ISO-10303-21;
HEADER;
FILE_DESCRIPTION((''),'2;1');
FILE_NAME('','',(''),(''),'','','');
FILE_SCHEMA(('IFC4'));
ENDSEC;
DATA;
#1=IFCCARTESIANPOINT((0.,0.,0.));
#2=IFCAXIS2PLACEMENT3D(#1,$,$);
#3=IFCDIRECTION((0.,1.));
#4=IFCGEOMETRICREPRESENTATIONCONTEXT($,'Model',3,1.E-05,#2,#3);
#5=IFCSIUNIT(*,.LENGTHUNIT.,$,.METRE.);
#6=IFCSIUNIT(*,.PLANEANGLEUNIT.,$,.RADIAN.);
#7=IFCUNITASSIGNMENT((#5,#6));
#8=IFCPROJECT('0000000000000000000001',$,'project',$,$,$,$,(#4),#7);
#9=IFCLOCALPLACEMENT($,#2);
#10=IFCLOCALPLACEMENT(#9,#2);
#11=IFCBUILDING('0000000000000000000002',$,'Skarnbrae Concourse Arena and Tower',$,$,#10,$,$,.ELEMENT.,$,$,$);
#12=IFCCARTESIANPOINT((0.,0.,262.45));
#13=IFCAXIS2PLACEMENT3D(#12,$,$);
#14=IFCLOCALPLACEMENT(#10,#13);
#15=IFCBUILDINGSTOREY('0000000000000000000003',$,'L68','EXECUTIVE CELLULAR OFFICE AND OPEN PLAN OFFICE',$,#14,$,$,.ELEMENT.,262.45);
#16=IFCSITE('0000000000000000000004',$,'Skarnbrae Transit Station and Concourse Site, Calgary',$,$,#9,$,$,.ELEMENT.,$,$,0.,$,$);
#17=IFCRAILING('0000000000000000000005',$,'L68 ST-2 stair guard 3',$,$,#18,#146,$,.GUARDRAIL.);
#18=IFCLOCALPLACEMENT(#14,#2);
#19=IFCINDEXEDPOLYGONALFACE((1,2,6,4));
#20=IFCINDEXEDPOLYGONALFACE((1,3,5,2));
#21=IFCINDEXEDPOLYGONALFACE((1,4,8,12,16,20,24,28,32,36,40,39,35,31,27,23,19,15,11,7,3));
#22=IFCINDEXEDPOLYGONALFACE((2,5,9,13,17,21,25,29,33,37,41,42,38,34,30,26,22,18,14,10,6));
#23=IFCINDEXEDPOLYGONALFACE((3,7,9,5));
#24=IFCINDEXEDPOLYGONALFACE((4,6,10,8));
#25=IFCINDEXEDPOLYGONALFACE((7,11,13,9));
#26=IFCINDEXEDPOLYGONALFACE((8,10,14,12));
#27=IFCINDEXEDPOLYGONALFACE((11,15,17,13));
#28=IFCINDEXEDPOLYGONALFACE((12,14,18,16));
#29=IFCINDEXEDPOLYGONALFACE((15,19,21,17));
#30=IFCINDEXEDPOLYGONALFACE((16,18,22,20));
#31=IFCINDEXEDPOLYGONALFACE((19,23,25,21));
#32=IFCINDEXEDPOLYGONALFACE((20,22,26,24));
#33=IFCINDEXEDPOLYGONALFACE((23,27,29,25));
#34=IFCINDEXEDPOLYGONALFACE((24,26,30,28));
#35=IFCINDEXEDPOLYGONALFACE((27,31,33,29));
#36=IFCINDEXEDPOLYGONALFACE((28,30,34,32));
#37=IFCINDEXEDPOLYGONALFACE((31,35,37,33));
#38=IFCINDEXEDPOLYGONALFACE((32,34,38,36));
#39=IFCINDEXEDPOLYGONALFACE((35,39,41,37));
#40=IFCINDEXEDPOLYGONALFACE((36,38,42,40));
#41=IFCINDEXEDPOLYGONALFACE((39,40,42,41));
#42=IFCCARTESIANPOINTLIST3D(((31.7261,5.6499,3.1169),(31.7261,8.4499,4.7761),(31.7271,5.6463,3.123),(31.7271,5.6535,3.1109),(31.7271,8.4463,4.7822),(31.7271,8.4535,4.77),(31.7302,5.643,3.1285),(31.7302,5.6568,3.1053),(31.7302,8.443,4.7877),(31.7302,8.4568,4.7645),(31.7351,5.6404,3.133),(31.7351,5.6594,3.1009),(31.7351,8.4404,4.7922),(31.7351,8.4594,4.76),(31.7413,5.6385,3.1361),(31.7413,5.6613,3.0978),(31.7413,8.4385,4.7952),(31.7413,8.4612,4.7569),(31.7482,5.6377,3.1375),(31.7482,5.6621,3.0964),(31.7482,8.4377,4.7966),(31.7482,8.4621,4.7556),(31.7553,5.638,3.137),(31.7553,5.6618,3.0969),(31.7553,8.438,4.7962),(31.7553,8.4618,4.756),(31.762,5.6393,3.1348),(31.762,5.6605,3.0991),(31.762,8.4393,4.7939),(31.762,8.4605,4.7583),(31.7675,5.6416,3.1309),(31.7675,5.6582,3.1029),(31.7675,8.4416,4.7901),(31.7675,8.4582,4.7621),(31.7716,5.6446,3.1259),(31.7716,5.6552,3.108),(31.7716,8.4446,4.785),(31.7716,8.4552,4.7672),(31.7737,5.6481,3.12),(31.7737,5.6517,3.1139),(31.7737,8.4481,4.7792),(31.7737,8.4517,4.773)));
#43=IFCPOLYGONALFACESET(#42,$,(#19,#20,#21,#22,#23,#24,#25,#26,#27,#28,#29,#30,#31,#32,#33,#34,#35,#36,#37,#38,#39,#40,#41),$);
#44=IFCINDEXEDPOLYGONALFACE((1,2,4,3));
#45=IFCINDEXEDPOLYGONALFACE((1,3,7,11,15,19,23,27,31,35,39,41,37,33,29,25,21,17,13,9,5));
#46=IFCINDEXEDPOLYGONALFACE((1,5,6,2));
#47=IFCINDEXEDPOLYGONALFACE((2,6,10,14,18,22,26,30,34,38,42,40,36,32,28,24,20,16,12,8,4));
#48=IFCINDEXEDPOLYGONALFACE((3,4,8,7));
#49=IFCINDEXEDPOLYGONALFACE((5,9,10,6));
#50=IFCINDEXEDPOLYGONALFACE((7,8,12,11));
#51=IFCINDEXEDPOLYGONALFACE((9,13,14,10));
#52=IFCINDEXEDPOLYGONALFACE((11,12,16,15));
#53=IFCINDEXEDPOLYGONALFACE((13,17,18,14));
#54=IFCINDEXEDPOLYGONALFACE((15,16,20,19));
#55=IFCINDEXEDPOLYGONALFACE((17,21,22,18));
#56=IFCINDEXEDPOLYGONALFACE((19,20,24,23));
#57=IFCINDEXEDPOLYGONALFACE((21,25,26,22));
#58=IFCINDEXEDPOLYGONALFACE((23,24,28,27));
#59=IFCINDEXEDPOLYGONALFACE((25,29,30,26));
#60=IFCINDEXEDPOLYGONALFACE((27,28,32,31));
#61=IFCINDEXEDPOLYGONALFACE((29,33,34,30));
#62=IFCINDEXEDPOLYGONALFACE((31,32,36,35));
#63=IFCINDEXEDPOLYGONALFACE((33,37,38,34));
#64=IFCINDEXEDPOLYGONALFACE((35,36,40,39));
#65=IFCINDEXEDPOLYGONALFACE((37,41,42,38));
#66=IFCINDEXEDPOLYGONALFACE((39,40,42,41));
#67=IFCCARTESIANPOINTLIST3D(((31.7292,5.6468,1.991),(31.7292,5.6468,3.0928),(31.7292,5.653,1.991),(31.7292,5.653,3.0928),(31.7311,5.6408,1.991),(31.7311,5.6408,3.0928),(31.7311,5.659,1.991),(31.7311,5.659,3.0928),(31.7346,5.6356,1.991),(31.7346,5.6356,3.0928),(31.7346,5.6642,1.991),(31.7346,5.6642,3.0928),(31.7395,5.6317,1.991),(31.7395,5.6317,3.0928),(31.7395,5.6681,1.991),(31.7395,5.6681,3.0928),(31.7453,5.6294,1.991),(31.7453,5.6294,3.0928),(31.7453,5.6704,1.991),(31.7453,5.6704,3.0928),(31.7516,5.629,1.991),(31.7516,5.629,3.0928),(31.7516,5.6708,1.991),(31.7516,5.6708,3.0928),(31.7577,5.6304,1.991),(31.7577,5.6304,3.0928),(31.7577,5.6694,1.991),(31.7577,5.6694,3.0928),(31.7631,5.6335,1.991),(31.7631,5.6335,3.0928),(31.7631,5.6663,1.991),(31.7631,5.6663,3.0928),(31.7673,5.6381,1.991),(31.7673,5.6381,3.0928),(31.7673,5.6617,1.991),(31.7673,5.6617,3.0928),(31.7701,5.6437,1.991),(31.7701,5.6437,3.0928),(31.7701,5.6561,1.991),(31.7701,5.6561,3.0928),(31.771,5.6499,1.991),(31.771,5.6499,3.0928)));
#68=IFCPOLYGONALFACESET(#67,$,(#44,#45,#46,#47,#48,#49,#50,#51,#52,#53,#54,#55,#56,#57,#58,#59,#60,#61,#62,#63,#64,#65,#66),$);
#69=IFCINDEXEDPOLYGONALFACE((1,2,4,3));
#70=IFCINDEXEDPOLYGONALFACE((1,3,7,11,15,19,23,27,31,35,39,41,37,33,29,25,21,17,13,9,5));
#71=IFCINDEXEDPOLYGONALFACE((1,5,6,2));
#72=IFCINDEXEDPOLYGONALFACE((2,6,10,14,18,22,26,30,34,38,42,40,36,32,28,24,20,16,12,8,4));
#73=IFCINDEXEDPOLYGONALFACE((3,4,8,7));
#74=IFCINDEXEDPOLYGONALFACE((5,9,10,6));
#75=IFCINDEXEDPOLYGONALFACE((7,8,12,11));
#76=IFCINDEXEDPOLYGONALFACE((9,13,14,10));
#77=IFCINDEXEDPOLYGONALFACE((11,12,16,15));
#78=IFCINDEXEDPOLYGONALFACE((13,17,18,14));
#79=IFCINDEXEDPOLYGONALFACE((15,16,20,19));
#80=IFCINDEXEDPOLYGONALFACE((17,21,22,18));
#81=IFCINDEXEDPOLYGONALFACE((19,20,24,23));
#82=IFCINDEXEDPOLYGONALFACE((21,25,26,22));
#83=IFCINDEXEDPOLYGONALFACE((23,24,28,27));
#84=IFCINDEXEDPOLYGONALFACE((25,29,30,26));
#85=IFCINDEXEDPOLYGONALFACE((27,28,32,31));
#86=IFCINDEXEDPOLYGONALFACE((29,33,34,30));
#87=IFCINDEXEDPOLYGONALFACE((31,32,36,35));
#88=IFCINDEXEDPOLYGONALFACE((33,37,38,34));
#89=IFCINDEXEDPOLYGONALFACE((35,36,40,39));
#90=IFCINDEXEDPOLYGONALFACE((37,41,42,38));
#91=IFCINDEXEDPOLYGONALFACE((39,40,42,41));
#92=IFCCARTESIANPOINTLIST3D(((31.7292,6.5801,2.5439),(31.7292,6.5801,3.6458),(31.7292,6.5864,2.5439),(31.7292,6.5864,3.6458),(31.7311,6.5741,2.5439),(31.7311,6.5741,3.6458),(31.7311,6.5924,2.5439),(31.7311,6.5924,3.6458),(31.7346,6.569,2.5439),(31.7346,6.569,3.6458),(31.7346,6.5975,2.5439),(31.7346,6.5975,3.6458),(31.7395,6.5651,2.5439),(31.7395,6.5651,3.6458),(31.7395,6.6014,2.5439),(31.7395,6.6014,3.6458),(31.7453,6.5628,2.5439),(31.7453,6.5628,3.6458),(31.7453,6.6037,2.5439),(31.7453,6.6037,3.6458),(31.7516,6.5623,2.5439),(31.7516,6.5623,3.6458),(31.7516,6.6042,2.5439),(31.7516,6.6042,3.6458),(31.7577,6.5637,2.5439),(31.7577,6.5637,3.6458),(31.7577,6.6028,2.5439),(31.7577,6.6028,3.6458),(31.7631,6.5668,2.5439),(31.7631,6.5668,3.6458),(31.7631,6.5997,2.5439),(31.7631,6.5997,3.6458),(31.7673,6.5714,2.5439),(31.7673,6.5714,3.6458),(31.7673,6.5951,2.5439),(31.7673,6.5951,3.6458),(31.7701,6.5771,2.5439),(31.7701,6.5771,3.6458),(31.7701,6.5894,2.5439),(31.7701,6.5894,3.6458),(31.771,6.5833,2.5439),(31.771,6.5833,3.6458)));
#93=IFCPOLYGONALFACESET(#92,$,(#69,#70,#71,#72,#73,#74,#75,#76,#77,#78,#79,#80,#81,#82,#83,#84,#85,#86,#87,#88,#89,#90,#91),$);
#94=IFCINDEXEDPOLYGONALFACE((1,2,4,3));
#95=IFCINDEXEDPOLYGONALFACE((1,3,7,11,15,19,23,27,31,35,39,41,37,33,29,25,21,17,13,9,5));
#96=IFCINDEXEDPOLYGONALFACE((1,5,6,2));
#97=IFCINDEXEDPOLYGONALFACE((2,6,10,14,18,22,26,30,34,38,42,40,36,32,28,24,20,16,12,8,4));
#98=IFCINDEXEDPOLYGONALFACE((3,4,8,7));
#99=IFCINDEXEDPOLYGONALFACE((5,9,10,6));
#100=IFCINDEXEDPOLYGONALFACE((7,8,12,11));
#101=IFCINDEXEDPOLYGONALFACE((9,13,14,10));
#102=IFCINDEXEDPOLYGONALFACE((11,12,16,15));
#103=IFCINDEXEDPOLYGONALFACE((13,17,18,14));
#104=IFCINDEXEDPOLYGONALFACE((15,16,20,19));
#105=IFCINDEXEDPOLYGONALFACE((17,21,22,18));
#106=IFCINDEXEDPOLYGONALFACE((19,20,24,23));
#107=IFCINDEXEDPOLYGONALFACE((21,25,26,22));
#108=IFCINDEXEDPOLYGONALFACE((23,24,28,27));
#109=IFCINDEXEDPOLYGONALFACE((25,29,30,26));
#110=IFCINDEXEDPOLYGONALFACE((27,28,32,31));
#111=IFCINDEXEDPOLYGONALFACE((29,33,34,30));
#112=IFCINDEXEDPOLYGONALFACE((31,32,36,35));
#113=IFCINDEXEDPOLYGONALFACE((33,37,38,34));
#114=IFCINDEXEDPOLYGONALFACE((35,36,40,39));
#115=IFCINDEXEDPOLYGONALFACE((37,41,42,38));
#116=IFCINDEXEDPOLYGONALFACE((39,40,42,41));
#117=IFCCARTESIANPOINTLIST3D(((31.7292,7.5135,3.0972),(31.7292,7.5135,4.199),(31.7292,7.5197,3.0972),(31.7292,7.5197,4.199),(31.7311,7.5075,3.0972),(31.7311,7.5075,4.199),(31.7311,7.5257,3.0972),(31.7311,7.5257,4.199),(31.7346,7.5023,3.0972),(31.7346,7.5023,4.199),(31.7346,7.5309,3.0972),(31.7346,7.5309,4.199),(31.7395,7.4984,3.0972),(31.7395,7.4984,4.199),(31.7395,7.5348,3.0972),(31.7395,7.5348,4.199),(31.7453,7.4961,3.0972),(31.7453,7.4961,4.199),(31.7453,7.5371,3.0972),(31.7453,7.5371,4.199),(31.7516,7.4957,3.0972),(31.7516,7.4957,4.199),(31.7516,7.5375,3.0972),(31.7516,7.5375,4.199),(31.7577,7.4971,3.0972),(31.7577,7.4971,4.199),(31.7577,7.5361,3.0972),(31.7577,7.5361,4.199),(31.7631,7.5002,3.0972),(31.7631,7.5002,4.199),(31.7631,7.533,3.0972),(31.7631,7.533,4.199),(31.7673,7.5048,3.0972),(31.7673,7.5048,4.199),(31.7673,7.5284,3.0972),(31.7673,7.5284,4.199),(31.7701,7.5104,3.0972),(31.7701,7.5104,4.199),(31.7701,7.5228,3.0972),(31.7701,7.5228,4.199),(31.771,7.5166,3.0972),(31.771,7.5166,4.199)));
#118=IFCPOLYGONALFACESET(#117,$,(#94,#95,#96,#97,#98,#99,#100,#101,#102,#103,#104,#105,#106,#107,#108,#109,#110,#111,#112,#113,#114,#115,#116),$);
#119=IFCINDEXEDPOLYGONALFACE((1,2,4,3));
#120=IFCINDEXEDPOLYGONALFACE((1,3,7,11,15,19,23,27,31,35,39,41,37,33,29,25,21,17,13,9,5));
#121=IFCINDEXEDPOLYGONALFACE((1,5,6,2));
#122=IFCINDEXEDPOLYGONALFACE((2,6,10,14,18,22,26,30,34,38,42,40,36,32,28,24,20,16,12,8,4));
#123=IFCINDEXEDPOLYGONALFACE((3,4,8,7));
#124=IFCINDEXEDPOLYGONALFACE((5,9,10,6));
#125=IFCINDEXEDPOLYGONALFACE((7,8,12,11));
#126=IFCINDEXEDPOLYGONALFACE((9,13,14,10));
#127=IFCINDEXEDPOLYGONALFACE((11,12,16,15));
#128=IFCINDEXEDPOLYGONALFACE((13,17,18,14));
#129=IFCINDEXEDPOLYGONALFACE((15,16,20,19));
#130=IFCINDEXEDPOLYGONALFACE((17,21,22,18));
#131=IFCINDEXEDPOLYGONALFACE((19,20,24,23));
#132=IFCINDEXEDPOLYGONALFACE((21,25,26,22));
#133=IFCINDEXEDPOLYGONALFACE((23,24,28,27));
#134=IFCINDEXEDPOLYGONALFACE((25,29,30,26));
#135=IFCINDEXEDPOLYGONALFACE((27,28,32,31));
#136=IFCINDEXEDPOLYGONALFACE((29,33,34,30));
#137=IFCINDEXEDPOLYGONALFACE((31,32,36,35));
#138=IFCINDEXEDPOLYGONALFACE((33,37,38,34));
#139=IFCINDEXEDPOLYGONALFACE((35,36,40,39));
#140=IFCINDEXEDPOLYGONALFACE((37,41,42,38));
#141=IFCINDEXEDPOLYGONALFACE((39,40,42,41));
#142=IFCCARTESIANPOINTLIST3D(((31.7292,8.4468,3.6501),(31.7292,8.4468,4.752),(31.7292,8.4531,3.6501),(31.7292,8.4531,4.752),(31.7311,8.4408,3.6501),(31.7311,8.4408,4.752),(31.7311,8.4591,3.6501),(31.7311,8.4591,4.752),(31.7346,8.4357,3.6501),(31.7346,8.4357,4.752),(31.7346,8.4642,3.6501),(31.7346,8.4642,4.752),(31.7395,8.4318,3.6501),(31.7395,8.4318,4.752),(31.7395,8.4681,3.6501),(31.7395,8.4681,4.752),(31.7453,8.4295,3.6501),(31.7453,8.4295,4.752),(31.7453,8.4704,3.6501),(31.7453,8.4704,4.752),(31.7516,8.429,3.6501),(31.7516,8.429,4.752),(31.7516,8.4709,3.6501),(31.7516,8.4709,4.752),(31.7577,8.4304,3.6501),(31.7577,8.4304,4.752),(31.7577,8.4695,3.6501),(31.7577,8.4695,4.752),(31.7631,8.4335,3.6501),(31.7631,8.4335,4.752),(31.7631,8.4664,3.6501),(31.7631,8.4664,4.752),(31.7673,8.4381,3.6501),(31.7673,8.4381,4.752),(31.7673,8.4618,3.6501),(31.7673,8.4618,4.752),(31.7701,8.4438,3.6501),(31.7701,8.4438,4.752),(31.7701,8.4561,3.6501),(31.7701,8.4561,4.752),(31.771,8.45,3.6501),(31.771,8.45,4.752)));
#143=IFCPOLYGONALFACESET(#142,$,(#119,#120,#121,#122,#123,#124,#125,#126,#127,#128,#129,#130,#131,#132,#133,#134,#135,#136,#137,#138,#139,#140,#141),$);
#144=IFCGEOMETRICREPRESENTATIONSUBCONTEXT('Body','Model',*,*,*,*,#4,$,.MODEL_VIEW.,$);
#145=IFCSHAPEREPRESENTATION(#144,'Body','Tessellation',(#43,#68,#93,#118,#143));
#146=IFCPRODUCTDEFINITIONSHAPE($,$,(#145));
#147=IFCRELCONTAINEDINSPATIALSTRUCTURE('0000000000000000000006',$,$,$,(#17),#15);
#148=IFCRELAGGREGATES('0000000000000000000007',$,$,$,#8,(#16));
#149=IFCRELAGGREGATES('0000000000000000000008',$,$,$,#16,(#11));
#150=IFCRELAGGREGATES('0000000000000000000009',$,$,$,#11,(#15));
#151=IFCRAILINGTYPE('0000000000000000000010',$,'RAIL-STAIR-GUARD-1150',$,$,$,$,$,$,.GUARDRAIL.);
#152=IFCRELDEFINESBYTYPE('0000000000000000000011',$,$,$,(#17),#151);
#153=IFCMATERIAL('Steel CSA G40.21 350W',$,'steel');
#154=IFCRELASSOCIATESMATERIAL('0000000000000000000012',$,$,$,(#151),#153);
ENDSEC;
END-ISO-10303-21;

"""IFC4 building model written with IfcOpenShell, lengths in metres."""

from ifc_helpers import new_model, si_unit, direction, frame, origin, origin_2d, place, context, subcontext, project, spatial, circle, extrude, material, type_object, element, save


model = new_model("IFC4")

# Units and contexts
model_context = context("Model", 3, precision=1e-05, world=origin(), true_north=direction((0.0, 1.0)))
body_context = subcontext(model_context, "Body", "Model", "MODEL_VIEW")
ifc_project = project(units=[si_unit("LENGTHUNIT", "METRE"), si_unit("PLANEANGLEUNIT", "RADIAN")], contexts=[model_context])

# Site, building, storey
site_placement = place(None, origin())
site = spatial("IfcSite", under=ifc_project, at=site_placement, Name="Skarnbrae Transit Station and Concourse Site, Calgary", CompositionType="ELEMENT", RefElevation=0.0)
building_placement = place(site_placement, origin())
building = spatial("IfcBuilding", under=site, at=building_placement, Name="Skarnbrae Concourse Arena and Tower", CompositionType="ELEMENT")
storey_placement = place(building_placement, frame((0.0, 0.0, 262.45)))
storey = spatial("IfcBuildingStorey", under=building, at=storey_placement, Name="L68", Description="EXECUTIVE CELLULAR OFFICE AND OPEN PLAN OFFICE", CompositionType="ELEMENT", Elevation=262.45)

# Shared definitions
ifc_material_1 = material(Name="Steel CSA G40.21 350W", Category="steel")

# Railing
railing_type_1 = type_object("IfcRailingType", Name="RAIL-STAIR-GUARD-1150", PredefinedType="GUARDRAIL", material=ifc_material_1)
railing_1_placement = place(storey_placement, frame((31.75, 5.6499, 1.991)))
element("IfcRailing", 1, at=railing_1_placement, inside=storey, type_object=railing_type_1, Name="L68 ST-2 stair guard 3", PredefinedType="GUARDRAIL", context=body_context, shape_type="SweptSolid", body=[
    extrude(circle(Radius=0.0239, at=origin_2d()), frame((0.0, 0.0, 1.126), z_axis=(0.0, 0.860306, 0.509778), x_axis=(-1.0, 0.0, 0.0)), (0.0, 0.0, 1.0), 3.2546),
    extrude(circle(Radius=0.021, at=origin_2d()), origin(), (0.0, 0.0, 1.0), 1.1018),
    extrude(circle(Radius=0.021, at=origin_2d()), frame((0.0, 0.9333, 0.553)), (0.0, 0.0, 1.0), 1.1018),
    extrude(circle(Radius=0.021, at=origin_2d()), frame((0.0, 1.8667, 1.1062)), (0.0, 0.0, 1.0), 1.1018),
    extrude(circle(Radius=0.021, at=origin_2d()), frame((0.0, 2.8, 1.6592)), (0.0, 0.0, 1.0), 1.1018),
])

save(model, "model.ifc")
